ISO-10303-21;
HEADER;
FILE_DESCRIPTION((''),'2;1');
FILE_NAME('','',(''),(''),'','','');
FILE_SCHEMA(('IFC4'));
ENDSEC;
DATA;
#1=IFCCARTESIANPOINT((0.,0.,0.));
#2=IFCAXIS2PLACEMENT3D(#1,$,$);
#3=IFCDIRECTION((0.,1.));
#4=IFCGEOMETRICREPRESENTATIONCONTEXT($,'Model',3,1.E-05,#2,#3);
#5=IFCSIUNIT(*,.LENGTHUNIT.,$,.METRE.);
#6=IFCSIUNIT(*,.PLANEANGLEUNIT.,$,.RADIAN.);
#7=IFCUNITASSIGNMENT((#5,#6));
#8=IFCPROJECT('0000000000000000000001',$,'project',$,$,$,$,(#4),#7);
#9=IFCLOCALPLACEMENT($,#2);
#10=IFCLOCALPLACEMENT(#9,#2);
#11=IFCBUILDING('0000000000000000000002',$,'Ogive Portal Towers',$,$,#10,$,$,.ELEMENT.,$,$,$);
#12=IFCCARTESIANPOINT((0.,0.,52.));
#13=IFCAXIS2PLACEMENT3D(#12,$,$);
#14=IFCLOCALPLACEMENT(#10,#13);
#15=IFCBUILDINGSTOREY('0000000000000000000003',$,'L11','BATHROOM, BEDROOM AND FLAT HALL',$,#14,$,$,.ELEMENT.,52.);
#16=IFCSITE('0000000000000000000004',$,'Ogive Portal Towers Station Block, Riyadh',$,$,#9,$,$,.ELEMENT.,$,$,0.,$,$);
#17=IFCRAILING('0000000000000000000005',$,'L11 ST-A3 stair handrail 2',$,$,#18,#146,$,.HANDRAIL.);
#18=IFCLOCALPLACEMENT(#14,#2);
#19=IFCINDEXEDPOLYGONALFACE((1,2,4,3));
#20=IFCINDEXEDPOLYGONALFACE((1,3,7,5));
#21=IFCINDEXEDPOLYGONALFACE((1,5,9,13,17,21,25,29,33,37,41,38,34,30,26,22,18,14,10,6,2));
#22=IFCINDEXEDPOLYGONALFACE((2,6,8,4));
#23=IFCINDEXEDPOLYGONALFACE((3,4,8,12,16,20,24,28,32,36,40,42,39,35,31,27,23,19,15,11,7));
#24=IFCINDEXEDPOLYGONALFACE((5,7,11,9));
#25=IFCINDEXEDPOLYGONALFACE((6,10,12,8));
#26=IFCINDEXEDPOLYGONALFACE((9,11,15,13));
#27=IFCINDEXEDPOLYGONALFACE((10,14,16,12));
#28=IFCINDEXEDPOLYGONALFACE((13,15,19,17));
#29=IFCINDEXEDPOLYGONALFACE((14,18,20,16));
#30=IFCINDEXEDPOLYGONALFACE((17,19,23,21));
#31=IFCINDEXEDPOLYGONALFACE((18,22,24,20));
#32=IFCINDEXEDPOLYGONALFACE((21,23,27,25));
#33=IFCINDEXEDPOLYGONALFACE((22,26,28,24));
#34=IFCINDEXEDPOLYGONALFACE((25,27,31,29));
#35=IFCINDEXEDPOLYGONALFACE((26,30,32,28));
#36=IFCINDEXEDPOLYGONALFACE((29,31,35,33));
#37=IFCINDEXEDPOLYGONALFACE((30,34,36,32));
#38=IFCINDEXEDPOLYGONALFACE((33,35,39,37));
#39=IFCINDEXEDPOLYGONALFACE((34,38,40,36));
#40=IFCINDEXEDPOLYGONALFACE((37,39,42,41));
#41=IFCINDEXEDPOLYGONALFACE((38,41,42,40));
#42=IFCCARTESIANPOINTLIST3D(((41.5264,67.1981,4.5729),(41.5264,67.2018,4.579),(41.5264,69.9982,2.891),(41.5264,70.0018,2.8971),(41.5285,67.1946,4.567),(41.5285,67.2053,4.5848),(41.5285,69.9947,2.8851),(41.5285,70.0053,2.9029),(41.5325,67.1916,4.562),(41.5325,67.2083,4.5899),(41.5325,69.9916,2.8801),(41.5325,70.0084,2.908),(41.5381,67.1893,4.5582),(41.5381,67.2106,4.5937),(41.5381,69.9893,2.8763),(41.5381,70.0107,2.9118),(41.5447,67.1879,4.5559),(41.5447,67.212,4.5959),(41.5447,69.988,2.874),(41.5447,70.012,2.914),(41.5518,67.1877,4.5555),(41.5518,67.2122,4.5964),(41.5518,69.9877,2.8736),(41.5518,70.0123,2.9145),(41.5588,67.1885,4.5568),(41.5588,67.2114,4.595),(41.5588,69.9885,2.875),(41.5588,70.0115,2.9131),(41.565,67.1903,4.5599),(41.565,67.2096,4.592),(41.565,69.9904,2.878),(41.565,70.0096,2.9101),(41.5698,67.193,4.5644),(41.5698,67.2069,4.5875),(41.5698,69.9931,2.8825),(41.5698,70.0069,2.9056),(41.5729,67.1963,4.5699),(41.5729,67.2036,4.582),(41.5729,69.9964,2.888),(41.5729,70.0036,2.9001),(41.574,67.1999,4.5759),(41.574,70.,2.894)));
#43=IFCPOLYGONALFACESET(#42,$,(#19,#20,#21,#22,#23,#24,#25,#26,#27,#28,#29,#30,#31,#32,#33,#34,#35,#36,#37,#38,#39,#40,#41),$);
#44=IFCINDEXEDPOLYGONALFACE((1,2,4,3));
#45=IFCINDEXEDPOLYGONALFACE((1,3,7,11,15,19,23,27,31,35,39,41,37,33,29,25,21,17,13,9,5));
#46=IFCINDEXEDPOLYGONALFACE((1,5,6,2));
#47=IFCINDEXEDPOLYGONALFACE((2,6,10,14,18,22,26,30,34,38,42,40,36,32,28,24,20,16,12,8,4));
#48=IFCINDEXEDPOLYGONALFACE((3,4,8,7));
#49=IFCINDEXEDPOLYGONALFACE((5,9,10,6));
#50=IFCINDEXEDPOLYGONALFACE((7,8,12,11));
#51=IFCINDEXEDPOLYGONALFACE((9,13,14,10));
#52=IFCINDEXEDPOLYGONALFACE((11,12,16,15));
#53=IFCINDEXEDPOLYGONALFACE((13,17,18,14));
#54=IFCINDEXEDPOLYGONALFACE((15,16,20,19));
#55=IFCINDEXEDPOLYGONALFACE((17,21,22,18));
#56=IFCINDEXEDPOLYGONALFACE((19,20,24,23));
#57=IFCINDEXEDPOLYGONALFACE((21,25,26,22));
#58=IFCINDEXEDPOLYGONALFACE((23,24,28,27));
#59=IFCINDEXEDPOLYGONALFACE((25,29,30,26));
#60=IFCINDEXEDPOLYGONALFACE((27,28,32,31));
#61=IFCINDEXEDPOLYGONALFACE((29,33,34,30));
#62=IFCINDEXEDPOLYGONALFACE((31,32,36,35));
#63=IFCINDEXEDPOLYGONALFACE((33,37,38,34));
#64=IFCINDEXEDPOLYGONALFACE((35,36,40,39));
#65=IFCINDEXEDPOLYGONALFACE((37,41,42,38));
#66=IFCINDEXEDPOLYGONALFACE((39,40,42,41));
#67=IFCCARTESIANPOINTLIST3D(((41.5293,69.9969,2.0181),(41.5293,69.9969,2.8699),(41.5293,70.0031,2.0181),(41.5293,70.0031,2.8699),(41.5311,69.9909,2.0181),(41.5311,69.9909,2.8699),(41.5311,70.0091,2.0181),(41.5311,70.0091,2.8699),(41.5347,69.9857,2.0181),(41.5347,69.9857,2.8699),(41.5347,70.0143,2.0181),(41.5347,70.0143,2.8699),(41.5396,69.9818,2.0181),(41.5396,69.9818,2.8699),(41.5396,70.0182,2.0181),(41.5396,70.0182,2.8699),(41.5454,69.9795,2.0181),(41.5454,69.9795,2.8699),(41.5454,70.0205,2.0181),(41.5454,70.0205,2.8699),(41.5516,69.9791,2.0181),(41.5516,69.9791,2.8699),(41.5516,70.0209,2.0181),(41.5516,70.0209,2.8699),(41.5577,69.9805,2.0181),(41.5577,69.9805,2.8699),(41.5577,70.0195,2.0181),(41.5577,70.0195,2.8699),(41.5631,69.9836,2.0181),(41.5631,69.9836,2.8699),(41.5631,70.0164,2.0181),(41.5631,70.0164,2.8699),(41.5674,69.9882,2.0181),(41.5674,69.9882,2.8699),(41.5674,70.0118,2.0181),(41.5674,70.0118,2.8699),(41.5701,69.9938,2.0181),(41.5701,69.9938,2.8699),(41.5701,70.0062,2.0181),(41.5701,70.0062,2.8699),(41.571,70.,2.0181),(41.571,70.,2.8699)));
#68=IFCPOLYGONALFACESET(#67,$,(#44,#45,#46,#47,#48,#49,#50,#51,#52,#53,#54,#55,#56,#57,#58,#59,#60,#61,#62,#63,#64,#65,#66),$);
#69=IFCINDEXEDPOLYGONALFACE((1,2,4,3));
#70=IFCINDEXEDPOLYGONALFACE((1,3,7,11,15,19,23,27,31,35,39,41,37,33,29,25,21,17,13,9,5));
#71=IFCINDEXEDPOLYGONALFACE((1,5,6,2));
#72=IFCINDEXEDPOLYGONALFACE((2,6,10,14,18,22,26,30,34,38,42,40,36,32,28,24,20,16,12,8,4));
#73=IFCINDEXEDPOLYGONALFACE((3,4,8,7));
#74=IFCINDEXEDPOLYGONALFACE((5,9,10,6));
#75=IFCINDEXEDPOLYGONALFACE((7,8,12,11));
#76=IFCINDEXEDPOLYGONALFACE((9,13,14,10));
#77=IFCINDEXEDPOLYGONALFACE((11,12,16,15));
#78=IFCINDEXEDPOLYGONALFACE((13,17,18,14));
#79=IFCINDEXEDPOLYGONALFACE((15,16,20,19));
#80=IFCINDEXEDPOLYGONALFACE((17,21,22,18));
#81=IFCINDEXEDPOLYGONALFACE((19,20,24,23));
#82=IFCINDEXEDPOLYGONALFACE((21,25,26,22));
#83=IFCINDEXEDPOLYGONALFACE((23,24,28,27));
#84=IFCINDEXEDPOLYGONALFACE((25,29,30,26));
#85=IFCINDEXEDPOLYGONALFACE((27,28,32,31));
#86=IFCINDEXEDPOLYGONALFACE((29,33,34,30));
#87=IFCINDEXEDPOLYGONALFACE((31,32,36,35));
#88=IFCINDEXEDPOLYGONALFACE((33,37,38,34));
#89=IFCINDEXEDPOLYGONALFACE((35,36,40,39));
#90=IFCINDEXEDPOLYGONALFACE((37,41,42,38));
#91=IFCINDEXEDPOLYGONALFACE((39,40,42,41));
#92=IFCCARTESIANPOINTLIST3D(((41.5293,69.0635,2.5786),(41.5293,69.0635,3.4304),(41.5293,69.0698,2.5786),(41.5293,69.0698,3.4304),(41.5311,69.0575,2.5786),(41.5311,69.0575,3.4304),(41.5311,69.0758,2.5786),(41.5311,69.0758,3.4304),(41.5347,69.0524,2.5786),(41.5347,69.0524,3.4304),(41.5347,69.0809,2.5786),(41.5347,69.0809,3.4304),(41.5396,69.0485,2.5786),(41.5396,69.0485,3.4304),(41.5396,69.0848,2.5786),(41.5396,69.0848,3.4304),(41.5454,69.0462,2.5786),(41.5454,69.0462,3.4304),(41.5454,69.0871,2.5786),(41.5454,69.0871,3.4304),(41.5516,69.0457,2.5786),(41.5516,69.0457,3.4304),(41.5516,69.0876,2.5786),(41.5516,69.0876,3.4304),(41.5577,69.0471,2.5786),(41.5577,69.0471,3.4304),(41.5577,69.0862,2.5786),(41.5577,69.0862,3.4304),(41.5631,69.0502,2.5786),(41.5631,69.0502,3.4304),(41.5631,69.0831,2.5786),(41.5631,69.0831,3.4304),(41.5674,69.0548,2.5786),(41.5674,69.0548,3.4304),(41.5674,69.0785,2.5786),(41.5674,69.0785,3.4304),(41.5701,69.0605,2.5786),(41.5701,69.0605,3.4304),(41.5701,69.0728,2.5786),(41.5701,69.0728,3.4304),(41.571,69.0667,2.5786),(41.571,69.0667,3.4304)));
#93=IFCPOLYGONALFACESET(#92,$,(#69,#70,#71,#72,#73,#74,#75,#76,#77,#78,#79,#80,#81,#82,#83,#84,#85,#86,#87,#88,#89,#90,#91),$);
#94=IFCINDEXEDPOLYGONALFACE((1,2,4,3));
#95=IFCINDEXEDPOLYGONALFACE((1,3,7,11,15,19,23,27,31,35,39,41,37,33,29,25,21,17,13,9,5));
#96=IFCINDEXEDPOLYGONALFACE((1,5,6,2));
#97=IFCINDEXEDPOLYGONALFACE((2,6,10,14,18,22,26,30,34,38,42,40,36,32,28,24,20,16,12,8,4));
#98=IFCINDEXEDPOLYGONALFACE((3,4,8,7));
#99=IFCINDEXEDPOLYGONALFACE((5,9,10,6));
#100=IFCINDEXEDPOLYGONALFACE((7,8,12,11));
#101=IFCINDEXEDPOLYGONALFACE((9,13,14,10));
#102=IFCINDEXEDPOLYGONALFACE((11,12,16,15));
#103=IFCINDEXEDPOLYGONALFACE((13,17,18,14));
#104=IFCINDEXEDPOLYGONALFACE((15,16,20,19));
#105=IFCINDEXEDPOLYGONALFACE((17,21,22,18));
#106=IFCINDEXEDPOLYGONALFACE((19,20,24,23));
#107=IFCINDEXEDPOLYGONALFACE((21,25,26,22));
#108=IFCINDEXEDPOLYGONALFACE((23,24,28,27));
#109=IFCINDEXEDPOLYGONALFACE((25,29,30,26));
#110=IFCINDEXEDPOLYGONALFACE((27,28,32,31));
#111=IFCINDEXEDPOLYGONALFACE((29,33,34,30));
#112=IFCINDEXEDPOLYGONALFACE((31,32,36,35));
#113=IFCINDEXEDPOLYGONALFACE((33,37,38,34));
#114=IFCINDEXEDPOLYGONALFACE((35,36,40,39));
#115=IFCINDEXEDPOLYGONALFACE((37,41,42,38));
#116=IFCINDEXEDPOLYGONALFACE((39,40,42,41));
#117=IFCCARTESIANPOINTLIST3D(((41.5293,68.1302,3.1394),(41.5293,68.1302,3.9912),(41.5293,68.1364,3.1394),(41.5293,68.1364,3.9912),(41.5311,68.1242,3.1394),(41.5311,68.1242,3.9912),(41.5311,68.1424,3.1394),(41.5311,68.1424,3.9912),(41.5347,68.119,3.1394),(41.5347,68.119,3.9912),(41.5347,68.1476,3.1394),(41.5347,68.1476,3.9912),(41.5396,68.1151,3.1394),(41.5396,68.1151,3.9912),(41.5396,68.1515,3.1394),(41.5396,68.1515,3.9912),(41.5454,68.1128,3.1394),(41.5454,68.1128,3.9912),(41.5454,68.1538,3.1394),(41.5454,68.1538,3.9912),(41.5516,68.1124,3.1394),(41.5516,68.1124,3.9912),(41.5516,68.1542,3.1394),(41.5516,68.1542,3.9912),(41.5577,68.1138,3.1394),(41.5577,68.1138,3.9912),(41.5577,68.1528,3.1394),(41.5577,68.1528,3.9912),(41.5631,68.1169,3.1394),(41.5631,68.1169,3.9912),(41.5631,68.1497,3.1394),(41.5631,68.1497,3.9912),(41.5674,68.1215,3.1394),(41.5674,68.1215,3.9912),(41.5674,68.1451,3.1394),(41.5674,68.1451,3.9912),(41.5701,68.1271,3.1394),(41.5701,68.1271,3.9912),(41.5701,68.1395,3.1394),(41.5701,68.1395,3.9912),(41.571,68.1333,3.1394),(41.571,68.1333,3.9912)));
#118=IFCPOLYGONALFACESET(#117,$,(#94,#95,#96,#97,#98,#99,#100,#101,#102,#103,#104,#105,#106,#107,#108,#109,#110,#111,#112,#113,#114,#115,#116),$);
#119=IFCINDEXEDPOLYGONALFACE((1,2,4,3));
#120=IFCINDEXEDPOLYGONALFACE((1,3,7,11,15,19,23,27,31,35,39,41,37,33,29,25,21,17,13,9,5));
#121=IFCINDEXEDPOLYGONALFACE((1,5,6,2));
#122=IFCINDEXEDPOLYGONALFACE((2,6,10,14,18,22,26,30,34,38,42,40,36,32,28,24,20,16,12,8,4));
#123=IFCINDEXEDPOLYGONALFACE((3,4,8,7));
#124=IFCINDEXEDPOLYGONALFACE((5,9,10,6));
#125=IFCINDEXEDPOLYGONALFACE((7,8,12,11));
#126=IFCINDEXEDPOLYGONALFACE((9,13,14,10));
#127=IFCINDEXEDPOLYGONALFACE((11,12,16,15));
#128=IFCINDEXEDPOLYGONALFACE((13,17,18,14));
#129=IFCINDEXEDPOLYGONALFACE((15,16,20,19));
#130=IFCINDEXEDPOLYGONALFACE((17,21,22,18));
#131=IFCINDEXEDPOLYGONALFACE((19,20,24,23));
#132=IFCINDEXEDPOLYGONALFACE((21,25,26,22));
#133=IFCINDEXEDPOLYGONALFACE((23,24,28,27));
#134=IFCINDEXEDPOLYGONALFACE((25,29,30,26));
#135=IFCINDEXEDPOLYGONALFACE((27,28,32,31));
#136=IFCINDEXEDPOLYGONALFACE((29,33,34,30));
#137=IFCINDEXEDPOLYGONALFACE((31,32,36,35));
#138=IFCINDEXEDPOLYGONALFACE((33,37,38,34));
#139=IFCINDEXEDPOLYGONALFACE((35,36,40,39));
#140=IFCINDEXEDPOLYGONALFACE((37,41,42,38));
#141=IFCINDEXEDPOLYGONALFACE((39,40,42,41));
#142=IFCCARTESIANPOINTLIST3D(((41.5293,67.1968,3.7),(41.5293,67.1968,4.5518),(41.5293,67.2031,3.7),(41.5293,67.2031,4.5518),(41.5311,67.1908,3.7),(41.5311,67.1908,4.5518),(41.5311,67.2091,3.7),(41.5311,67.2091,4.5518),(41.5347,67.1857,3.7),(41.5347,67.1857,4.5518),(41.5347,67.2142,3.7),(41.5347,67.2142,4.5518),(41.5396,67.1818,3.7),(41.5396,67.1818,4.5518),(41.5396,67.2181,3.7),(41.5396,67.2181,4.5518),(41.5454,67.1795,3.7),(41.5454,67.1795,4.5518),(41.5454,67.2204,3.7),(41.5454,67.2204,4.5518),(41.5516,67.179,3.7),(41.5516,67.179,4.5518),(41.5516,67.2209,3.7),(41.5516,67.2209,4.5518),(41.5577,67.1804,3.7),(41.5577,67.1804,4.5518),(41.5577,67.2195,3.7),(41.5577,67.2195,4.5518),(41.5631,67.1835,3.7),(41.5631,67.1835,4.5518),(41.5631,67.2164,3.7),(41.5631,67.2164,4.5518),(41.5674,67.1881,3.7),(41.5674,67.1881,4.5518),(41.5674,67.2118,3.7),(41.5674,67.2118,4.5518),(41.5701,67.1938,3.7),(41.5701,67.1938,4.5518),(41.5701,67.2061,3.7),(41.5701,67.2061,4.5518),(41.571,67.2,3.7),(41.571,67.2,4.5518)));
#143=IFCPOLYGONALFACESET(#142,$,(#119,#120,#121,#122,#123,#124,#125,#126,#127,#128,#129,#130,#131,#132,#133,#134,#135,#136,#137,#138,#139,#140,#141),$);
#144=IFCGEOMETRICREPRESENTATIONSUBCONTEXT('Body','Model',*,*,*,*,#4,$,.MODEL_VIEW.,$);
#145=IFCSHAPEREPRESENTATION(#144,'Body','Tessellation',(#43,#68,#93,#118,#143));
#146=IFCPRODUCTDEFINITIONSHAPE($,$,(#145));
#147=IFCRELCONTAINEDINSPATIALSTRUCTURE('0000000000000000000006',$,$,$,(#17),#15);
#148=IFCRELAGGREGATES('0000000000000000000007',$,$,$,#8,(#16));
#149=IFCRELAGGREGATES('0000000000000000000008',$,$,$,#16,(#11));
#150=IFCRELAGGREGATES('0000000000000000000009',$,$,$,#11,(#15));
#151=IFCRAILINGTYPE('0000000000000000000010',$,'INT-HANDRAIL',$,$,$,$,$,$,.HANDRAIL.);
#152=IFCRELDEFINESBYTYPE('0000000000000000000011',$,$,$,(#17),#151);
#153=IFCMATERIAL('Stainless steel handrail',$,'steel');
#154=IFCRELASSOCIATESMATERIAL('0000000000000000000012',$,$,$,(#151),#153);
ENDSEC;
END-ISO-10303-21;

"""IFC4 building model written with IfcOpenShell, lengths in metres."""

from ifc_helpers import new_model, si_unit, direction, frame, origin, origin_2d, place, context, subcontext, project, spatial, circle, extrude, material, type_object, element, save


model = new_model("IFC4")

# Units and contexts
model_context = context("Model", 3, precision=1e-05, world=origin(), true_north=direction((0.0, 1.0)))
body_context = subcontext(model_context, "Body", "Model", "MODEL_VIEW")
ifc_project = project(units=[si_unit("LENGTHUNIT", "METRE"), si_unit("PLANEANGLEUNIT", "RADIAN")], contexts=[model_context])

# Site, building, storey
site_placement = place(None, origin())
site = spatial("IfcSite", under=ifc_project, at=site_placement, Name="Ogive Portal Towers Station Block, Riyadh", CompositionType="ELEMENT", RefElevation=0.0)
building_placement = place(site_placement, origin())
building = spatial("IfcBuilding", under=site, at=building_placement, Name="Ogive Portal Towers", CompositionType="ELEMENT")
storey_placement = place(building_placement, frame((0.0, 0.0, 52.0)))
storey = spatial("IfcBuildingStorey", under=building, at=storey_placement, Name="L11", Description="BATHROOM, BEDROOM AND FLAT HALL", CompositionType="ELEMENT", Elevation=52.0)

# Railing
ifc_material_1 = material(Name="Stainless steel handrail", Category="steel")
railing_type_1 = type_object("IfcRailingType", Name="INT-HANDRAIL", PredefinedType="HANDRAIL", material=ifc_material_1)
railing_1_placement = place(storey_placement, frame((41.55, 70.0, 2.0181)))
element("IfcRailing", 1, at=railing_1_placement, inside=storey, type_object=railing_type_1, Name="L11 ST-A3 stair handrail 2", PredefinedType="HANDRAIL", context=body_context, shape_type="SweptSolid", body=[
    extrude(circle(Radius=0.0239, at=origin_2d()), frame((0.0, 0.0, 0.876), z_axis=(0.0, -0.857242, 0.514913), x_axis=(1.0, 0.0, 0.0)), (0.0, 0.0, 1.0), 3.2664),
    extrude(circle(Radius=0.021, at=origin_2d()), origin(), (0.0, 0.0, 1.0), 0.8518),
    extrude(circle(Radius=0.021, at=origin_2d()), frame((0.0, -0.9333, 0.5605)), (0.0, 0.0, 1.0), 0.8518),
    extrude(circle(Radius=0.021, at=origin_2d()), frame((0.0, -1.8667, 1.1213)), (0.0, 0.0, 1.0), 0.8518),
    extrude(circle(Radius=0.021, at=origin_2d()), frame((0.0, -2.8, 1.6819)), (0.0, 0.0, 1.0), 0.8518),
])

save(model, "model.ifc")
